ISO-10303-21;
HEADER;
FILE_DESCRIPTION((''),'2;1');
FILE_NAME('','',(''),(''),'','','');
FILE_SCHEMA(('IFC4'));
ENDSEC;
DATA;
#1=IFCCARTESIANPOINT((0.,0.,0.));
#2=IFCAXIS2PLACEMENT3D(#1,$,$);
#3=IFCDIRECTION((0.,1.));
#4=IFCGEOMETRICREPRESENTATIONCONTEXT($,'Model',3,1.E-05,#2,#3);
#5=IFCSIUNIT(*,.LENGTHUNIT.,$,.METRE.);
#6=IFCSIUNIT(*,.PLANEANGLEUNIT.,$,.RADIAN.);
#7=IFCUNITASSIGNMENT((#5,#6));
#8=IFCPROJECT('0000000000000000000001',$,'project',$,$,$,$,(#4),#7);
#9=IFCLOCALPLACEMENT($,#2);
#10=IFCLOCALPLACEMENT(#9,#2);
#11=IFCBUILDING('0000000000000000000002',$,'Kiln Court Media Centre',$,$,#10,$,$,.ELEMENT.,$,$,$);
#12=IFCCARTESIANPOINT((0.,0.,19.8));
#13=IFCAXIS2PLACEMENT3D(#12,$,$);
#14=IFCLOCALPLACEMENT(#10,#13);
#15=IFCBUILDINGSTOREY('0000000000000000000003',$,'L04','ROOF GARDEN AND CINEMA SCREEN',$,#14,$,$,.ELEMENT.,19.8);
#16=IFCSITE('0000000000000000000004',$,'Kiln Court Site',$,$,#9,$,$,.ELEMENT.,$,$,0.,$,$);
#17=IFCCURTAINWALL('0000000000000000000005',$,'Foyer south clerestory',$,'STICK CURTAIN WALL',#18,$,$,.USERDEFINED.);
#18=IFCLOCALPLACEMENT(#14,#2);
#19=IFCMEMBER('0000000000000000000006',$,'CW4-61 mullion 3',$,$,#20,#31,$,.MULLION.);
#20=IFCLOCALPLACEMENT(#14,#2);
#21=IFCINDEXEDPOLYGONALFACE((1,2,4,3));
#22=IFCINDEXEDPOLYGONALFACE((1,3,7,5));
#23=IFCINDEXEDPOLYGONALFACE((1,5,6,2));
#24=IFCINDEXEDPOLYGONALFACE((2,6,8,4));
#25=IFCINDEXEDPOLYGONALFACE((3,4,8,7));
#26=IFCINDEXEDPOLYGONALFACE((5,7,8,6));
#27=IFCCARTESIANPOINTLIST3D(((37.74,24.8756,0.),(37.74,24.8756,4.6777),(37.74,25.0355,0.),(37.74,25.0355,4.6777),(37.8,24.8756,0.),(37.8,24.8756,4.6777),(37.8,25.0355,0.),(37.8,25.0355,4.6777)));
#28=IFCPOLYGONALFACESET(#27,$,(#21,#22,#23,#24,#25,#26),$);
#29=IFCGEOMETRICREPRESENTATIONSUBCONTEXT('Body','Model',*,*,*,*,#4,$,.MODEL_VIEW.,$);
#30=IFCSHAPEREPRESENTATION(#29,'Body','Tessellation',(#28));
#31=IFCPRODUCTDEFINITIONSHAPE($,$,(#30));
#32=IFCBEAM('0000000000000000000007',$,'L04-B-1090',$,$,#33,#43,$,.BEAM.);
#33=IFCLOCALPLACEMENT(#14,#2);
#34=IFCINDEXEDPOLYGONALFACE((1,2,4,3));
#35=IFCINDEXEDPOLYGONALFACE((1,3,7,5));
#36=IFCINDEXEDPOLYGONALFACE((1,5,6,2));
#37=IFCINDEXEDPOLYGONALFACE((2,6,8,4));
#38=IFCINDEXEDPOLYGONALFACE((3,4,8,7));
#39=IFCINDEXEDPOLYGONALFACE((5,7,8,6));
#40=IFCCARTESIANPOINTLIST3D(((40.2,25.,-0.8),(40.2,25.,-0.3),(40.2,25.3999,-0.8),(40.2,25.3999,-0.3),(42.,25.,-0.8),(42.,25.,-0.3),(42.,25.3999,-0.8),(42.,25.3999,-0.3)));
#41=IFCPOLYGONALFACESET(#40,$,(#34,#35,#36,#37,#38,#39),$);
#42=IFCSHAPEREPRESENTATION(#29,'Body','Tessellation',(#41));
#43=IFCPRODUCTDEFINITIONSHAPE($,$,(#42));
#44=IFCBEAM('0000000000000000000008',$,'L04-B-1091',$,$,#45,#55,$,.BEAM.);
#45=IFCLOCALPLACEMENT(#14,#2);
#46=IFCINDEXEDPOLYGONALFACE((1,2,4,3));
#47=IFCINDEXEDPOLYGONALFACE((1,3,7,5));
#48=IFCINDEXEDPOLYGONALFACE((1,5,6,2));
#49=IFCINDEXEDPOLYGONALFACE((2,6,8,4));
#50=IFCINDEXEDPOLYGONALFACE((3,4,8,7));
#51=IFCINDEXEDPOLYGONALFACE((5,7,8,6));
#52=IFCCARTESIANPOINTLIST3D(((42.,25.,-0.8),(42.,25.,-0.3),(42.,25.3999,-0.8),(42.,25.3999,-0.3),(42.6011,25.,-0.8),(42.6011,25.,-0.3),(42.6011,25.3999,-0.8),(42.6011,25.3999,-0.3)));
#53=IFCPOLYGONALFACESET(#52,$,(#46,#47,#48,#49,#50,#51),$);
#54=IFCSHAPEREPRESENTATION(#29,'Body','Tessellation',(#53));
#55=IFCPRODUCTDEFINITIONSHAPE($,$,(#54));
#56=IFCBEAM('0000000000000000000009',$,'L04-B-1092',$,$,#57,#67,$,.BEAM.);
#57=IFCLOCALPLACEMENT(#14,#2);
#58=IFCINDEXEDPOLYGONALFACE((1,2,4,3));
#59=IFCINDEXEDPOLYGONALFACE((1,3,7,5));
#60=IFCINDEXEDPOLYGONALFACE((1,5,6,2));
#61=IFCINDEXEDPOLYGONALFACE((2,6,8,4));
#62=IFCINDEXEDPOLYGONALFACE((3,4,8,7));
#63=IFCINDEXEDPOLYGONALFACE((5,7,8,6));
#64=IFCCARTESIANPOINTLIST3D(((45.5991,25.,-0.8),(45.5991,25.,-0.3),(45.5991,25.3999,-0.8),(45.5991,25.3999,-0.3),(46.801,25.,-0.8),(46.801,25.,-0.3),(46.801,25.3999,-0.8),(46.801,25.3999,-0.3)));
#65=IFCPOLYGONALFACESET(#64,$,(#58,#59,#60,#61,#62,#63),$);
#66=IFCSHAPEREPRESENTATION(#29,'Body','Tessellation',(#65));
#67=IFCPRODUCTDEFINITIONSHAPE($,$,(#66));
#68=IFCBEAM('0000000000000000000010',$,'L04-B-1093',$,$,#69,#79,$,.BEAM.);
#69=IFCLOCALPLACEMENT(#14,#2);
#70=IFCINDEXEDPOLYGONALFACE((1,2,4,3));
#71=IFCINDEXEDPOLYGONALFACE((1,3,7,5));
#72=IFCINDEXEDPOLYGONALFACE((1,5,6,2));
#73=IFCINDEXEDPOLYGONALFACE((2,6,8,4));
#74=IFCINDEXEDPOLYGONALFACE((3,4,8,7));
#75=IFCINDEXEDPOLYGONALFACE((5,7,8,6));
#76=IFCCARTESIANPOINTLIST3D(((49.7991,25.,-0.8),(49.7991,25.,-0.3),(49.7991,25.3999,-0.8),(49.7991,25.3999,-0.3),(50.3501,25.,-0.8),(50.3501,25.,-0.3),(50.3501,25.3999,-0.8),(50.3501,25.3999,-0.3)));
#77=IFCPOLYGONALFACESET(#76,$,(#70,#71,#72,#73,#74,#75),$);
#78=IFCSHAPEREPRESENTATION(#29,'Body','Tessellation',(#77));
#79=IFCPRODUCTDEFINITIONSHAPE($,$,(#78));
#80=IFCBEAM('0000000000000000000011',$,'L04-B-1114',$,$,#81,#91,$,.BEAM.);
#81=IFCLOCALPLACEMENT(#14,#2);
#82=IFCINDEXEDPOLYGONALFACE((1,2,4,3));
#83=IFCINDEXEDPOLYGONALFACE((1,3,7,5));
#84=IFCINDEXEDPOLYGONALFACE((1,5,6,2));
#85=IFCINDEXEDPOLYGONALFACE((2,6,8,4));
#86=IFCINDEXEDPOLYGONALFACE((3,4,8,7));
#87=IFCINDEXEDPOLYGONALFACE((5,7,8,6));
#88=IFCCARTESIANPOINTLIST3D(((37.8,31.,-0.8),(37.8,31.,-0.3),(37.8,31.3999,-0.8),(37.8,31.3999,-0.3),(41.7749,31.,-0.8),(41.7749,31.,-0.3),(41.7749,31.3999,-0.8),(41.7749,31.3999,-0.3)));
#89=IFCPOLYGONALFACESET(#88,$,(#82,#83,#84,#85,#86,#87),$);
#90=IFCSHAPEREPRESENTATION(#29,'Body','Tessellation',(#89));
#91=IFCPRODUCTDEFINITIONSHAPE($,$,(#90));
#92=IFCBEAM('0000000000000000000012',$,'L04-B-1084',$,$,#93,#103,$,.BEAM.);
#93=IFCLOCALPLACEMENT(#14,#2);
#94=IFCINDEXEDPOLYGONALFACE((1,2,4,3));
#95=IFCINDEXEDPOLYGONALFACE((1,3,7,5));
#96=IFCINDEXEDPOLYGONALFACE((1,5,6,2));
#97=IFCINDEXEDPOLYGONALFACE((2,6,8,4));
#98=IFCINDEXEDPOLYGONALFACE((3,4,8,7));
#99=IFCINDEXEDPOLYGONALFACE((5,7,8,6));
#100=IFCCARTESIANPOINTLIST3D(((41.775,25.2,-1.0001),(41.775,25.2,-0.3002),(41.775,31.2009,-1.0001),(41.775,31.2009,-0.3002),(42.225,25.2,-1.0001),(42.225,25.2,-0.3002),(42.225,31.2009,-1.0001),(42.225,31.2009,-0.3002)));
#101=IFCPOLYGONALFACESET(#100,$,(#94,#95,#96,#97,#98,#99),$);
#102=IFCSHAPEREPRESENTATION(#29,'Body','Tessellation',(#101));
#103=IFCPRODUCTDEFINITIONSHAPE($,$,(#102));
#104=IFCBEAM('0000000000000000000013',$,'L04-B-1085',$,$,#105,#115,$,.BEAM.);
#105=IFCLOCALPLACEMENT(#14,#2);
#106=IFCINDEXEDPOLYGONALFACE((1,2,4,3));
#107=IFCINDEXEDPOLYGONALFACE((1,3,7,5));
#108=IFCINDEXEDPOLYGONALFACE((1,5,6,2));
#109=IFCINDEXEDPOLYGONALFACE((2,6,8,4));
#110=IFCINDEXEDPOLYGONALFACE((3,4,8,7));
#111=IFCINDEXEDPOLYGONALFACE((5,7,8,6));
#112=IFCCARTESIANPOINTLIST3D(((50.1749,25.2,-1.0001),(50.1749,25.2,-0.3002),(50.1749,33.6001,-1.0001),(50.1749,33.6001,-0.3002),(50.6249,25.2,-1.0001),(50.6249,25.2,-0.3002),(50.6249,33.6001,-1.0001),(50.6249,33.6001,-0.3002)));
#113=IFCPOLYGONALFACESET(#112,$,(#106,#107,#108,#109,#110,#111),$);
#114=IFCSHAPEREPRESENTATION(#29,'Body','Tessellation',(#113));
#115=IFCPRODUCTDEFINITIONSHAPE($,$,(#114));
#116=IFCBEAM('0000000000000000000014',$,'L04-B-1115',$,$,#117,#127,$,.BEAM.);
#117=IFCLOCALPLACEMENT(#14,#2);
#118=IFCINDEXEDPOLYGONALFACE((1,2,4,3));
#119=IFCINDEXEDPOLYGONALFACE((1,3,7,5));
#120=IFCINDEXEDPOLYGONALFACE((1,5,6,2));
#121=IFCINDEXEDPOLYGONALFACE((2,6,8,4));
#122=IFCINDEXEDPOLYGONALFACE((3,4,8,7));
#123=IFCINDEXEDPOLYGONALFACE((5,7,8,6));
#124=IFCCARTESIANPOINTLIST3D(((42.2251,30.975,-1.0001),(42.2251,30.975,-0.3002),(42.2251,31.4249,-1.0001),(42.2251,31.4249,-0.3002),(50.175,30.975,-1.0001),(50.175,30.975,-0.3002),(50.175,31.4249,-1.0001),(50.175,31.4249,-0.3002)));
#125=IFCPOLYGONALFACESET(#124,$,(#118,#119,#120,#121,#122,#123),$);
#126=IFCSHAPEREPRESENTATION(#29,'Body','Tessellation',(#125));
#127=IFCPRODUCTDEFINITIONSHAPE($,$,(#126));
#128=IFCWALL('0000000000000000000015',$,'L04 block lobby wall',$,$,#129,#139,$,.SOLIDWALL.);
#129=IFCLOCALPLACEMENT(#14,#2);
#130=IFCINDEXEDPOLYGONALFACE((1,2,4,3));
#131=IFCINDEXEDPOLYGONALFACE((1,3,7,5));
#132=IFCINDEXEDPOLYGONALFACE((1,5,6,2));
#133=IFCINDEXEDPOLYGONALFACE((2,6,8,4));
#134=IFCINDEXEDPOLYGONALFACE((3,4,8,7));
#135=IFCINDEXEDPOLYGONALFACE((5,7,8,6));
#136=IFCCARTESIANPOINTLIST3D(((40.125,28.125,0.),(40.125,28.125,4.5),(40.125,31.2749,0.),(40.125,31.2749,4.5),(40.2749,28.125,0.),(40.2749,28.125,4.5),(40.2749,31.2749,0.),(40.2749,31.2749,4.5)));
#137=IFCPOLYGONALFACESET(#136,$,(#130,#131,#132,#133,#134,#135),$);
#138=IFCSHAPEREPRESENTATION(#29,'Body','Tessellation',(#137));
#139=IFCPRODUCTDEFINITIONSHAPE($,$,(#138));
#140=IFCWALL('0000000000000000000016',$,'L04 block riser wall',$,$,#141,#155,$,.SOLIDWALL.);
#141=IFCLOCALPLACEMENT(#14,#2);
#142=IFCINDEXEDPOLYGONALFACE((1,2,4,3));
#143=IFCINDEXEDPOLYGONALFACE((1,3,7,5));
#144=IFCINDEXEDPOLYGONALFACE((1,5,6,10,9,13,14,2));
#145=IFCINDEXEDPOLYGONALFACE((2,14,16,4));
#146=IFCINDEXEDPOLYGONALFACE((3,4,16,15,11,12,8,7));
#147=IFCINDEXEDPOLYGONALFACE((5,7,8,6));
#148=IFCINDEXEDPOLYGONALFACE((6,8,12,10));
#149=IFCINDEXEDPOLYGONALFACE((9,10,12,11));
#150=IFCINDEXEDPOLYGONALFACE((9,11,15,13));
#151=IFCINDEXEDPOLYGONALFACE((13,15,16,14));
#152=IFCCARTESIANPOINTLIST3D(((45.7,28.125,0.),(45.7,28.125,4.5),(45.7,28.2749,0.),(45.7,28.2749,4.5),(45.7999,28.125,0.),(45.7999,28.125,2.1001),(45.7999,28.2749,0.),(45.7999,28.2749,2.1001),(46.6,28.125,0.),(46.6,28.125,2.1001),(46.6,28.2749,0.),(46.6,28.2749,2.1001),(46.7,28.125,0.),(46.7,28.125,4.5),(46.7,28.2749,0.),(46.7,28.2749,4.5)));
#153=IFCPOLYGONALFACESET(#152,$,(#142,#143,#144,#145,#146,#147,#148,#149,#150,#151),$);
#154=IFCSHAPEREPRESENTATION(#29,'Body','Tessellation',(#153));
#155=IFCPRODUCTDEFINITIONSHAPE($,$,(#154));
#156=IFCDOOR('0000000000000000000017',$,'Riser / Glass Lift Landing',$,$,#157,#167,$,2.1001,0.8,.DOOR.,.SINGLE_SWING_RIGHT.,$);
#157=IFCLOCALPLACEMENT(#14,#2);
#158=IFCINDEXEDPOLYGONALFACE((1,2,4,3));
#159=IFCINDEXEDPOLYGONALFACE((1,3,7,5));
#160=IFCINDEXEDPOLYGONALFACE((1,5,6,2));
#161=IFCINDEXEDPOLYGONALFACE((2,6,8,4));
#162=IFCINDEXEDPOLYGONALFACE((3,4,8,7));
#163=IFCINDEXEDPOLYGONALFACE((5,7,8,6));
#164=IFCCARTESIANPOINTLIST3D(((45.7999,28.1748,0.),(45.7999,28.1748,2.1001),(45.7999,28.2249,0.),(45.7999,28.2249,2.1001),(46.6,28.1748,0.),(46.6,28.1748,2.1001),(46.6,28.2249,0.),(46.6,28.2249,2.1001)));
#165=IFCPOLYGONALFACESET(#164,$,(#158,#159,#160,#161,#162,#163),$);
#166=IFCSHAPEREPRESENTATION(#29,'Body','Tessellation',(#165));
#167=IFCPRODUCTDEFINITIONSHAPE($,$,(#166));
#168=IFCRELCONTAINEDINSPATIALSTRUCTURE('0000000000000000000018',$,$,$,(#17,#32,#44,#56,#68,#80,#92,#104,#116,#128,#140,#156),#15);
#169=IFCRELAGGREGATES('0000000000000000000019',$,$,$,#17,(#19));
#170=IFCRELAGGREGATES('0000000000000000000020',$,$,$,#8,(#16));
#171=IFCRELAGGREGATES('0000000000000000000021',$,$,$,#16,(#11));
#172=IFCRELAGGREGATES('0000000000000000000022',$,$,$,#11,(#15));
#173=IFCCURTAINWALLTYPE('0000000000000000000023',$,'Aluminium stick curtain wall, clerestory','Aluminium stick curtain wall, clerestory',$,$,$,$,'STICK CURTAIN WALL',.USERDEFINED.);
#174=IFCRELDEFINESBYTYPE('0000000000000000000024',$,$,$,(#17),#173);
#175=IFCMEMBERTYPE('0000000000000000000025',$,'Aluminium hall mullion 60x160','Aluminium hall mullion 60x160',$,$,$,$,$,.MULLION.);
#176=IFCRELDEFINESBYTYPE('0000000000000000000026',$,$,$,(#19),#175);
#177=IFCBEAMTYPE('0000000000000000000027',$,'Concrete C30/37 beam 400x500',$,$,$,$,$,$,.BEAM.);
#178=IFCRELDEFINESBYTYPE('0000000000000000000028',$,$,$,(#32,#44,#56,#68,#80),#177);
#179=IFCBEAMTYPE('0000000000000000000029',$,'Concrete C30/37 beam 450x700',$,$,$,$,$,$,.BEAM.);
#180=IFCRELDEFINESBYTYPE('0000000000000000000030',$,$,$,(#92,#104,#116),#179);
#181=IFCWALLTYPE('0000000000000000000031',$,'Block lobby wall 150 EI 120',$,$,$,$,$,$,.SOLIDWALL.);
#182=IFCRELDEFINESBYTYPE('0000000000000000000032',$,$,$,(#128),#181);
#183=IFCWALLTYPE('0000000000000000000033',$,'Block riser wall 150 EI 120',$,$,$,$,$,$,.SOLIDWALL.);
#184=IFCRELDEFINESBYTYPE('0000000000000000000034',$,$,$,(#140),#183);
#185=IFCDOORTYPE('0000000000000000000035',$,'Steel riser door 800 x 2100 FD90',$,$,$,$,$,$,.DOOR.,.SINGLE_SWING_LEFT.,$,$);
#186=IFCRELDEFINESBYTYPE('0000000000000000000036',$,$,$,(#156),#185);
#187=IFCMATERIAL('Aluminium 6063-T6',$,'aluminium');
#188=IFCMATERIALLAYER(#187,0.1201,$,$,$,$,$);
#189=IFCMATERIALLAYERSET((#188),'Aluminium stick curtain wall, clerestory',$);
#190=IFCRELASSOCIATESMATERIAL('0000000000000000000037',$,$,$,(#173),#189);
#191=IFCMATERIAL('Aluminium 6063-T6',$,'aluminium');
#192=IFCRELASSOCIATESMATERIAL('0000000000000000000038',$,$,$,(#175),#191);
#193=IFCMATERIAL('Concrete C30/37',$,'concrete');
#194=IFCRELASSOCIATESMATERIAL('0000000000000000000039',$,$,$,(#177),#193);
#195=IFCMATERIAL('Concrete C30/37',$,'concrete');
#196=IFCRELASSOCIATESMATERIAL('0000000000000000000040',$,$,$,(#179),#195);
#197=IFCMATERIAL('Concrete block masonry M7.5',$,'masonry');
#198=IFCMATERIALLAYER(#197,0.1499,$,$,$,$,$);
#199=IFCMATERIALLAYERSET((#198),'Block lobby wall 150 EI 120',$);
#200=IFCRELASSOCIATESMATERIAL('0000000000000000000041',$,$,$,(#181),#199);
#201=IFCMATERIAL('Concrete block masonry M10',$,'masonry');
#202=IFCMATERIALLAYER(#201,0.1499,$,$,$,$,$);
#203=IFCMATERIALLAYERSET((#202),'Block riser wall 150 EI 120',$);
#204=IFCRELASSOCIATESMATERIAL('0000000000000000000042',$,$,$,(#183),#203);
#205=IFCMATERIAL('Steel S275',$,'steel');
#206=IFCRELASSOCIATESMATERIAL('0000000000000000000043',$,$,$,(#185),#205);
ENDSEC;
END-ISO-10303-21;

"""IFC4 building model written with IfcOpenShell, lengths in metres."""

from ifc_helpers import new_model, si_unit, direction, frame, frame_2d, origin, origin_2d, place, context, subcontext, project, spatial, rectangle, extrude, material, layer, layer_set, material_profile, profile_set, type_object, element, fill, aggregate, save


model = new_model("IFC4")

# Units and contexts
model_context = context("Model", 3, precision=1e-05, world=origin(), true_north=direction((0.0, 1.0)))
body_context = subcontext(model_context, "Body", "Model", "MODEL_VIEW")
ifc_project = project(units=[si_unit("LENGTHUNIT", "METRE"), si_unit("PLANEANGLEUNIT", "RADIAN")], contexts=[model_context])

# Site, building, storey
site_placement = place(None, origin())
site = spatial("IfcSite", under=ifc_project, at=site_placement, Name="Kiln Court Site", CompositionType="ELEMENT", RefElevation=0.0)
building_placement = place(site_placement, origin())
building = spatial("IfcBuilding", under=site, at=building_placement, Name="Kiln Court Media Centre", CompositionType="ELEMENT")
storey_placement = place(building_placement, frame((0.0, 0.0, 19.8)))
storey = spatial("IfcBuildingStorey", under=building, at=storey_placement, Name="L04", Description="ROOF GARDEN AND CINEMA SCREEN", CompositionType="ELEMENT", Elevation=19.8)

# Curtain wall, member
ifc_material_1 = material(Name="Aluminium 6063-T6", Category="aluminium")
ifc_layer_1 = layer(ifc_material_1, 0.1201)
ifc_layer_set_1 = layer_set([ifc_layer_1], Name="Aluminium stick curtain wall, clerestory")
curtain_wall_type = type_object("IfcCurtainWallType", Name="Aluminium stick curtain wall, clerestory", Description="Aluminium stick curtain wall, clerestory", ElementType="STICK CURTAIN WALL", PredefinedType="USERDEFINED", material=ifc_layer_set_1)
curtain_wall_placement = place(storey_placement, origin())
curtain_wall = element("IfcCurtainWall", 1, at=curtain_wall_placement, inside=storey, type_object=curtain_wall_type, Name="Foyer south clerestory", ObjectType="STICK CURTAIN WALL", PredefinedType="USERDEFINED")
ifc_material_2 = material(Name="Aluminium 6063-T6", Category="aluminium")
ifc_material_profile_1 = material_profile(ifc_material_2, rectangle(XDim=0.0601, YDim=0.1599, at=origin_2d()), Name="Aluminium hall mullion 60x160")
ifc_profile_set_1 = profile_set([ifc_material_profile_1], Name="Aluminium 6063-T6")
member_type = type_object("IfcMemberType", Name="Aluminium hall mullion 60x160", Description="Aluminium hall mullion 60x160", PredefinedType="MULLION", material=ifc_profile_set_1)
member_placement = place(storey_placement, frame((37.77, 24.9556, 0.0), z_axis=(0.0, 0.0, 1.0), x_axis=(1.0, 0.0, 0.0)))
member = element("IfcMember", 2, at=member_placement, type_object=member_type, Name="CW4-61 mullion 3", PredefinedType="MULLION", context=body_context, shape_type="SweptSolid", body=[
    extrude(rectangle(XDim=0.0601, YDim=0.1599, at=origin_2d()), origin(), (0.0, 0.0, 1.0), 4.6777),
])
aggregate(curtain_wall, [member])

# Beams
ifc_material_3 = material(Name="Concrete C30/37", Category="concrete")
ifc_material_profile_2 = material_profile(ifc_material_3, rectangle(XDim=0.3999, YDim=0.5, at=origin_2d()), Name="RC 400x500")
ifc_profile_set_2 = profile_set([ifc_material_profile_2], Name="Concrete C30/37")
beam_type_1 = type_object("IfcBeamType", Name="Concrete C30/37 beam 400x500", PredefinedType="BEAM", material=ifc_profile_set_2)
beam_1_placement = place(storey_placement, frame((40.2, 25.2, -0.55), z_axis=(1.0, 0.0, 0.0), x_axis=(0.0, 1.0, 0.0)))
element("IfcBeam", 3, at=beam_1_placement, inside=storey, type_object=beam_type_1, Name="L04-B-1090", PredefinedType="BEAM", context=body_context, shape_type="SweptSolid", body=[
    extrude(rectangle(XDim=0.3999, YDim=0.5, at=origin_2d()), origin(), (0.0, 0.0, 1.0), 1.8),
])
beam_2_placement = place(storey_placement, frame((42.0, 25.2, -0.55), z_axis=(1.0, 0.0, 0.0), x_axis=(0.0, 1.0, 0.0)))
element("IfcBeam", 4, at=beam_2_placement, inside=storey, type_object=beam_type_1, Name="L04-B-1091", PredefinedType="BEAM", context=body_context, shape_type="SweptSolid", body=[
    extrude(rectangle(XDim=0.3999, YDim=0.5, at=origin_2d()), origin(), (0.0, 0.0, 1.0), 0.6011),
])
beam_3_placement = place(storey_placement, frame((45.5991, 25.2, -0.55), z_axis=(1.0, 0.0, 0.0), x_axis=(0.0, 1.0, 0.0)))
element("IfcBeam", 5, at=beam_3_placement, inside=storey, type_object=beam_type_1, Name="L04-B-1092", PredefinedType="BEAM", context=body_context, shape_type="SweptSolid", body=[
    extrude(rectangle(XDim=0.3999, YDim=0.5, at=origin_2d()), origin(), (0.0, 0.0, 1.0), 1.2019),
])
beam_4_placement = place(storey_placement, frame((49.7991, 25.2, -0.55), z_axis=(1.0, 0.0, 0.0), x_axis=(0.0, 1.0, 0.0)))
element("IfcBeam", 6, at=beam_4_placement, inside=storey, type_object=beam_type_1, Name="L04-B-1093", PredefinedType="BEAM", context=body_context, shape_type="SweptSolid", body=[
    extrude(rectangle(XDim=0.3999, YDim=0.5, at=origin_2d()), origin(), (0.0, 0.0, 1.0), 0.551),
])
beam_5_placement = place(storey_placement, frame((37.8, 31.2, -0.55), z_axis=(1.0, 0.0, 0.0), x_axis=(0.0, 1.0, 0.0)))
element("IfcBeam", 7, at=beam_5_placement, inside=storey, type_object=beam_type_1, Name="L04-B-1114", PredefinedType="BEAM", context=body_context, shape_type="SweptSolid", body=[
    extrude(rectangle(XDim=0.3999, YDim=0.5, at=origin_2d()), origin(), (0.0, 0.0, 1.0), 3.9749),
])
ifc_material_4 = material(Name="Concrete C30/37", Category="concrete")
ifc_material_profile_3 = material_profile(ifc_material_4, rectangle(XDim=0.45, YDim=0.7, at=origin_2d()), Name="RC 450x700")
ifc_profile_set_3 = profile_set([ifc_material_profile_3], Name="Concrete C30/37")
beam_type_2 = type_object("IfcBeamType", Name="Concrete C30/37 beam 450x700", PredefinedType="BEAM", material=ifc_profile_set_3)
beam_6_placement = place(storey_placement, frame((42.0, 25.2, -0.6501), z_axis=(0.0, 1.0, 0.0), x_axis=(-1.0, 0.0, 0.0)))
element("IfcBeam", 8, at=beam_6_placement, inside=storey, type_object=beam_type_2, Name="L04-B-1084", PredefinedType="BEAM", context=body_context, shape_type="SweptSolid", body=[
    extrude(rectangle(XDim=0.45, YDim=0.7, at=origin_2d()), origin(), (0.0, 0.0, 1.0), 6.001),
])
beam_7_placement = place(storey_placement, frame((50.3999, 25.2, -0.6501), z_axis=(0.0, 1.0, 0.0), x_axis=(-1.0, 0.0, 0.0)))
element("IfcBeam", 9, at=beam_7_placement, inside=storey, type_object=beam_type_2, Name="L04-B-1085", PredefinedType="BEAM", context=body_context, shape_type="SweptSolid", body=[
    extrude(rectangle(XDim=0.45, YDim=0.7, at=origin_2d()), origin(), (0.0, 0.0, 1.0), 8.4001),
])
beam_8_placement = place(storey_placement, frame((42.2251, 31.2, -0.6501), z_axis=(1.0, 0.0, 0.0), x_axis=(0.0, 1.0, 0.0)))
element("IfcBeam", 10, at=beam_8_placement, inside=storey, type_object=beam_type_2, Name="L04-B-1115", PredefinedType="BEAM", context=body_context, shape_type="SweptSolid", body=[
    extrude(rectangle(XDim=0.45, YDim=0.7, at=origin_2d()), origin(), (0.0, 0.0, 1.0), 7.95),
])

# Wall
ifc_material_5 = material(Name="Concrete block masonry M7.5", Category="masonry")
ifc_layer_2 = layer(ifc_material_5, 0.1499)
ifc_layer_set_2 = layer_set([ifc_layer_2], Name="Block lobby wall 150 EI 120")
wall_type_1 = type_object("IfcWallType", Name="Block lobby wall 150 EI 120", PredefinedType="SOLIDWALL", material=ifc_layer_set_2)
wall_1_placement = place(storey_placement, frame((40.2, 28.125, 0.0), z_axis=(0.0, 0.0, 1.0), x_axis=(0.0, 1.0, 0.0)))
element("IfcWall", 11, at=wall_1_placement, inside=storey, type_object=wall_type_1, Name="L04 block lobby wall", PredefinedType="SOLIDWALL", context=body_context, shape_type="SweptSolid", body=[
    extrude(rectangle(XDim=3.1499, YDim=0.1499, at=frame_2d((1.575, 0.0))), origin(), (0.0, 0.0, 1.0), 4.5),
])

# Wall, opening, door
ifc_material_6 = material(Name="Concrete block masonry M10", Category="masonry")
ifc_layer_3 = layer(ifc_material_6, 0.1499)
ifc_layer_set_3 = layer_set([ifc_layer_3], Name="Block riser wall 150 EI 120")
wall_type_2 = type_object("IfcWallType", Name="Block riser wall 150 EI 120", PredefinedType="SOLIDWALL", material=ifc_layer_set_3)
wall_2_placement = place(storey_placement, frame((45.7, 28.2, 0.0), z_axis=(0.0, 0.0, 1.0), x_axis=(1.0, 0.0, 0.0)))
wall_2 = element("IfcWall", 12, at=wall_2_placement, inside=storey, type_object=wall_type_2, Name="L04 block riser wall", PredefinedType="SOLIDWALL", context=body_context, shape_type="SweptSolid", body=[
    extrude(rectangle(XDim=1.0, YDim=0.1499, at=frame_2d((0.5, 0.0))), origin(), (0.0, 0.0, 1.0), 4.5),
])
opening_1_placement = place(wall_2_placement, frame((0.1001, 0.0, 0.0)))
opening_1 = element("IfcOpeningElement", 13, at=opening_1_placement, cuts=wall_2, PredefinedType="OPENING", context=body_context, shape_type="SweptSolid", body=[
    extrude(rectangle(XDim=0.8, YDim=2.1001, at=frame_2d((0.3999, 1.05))), frame((0.0, 0.085, 0.0), z_axis=(0.0, -1.0, 0.0), x_axis=(1.0, 0.0, 0.0)), (0.0, 0.0, 1.0), 0.1699),
])
ifc_material_7 = material(Name="Steel S275", Category="steel")
door_type_1 = type_object("IfcDoorType", Name="Steel riser door 800 x 2100 FD90", OperationType="SINGLE_SWING_LEFT", PredefinedType="DOOR", material=ifc_material_7)
door_1_placement = place(opening_1_placement, origin())
door_1 = element("IfcDoor", 14, at=door_1_placement, inside=storey, type_object=door_type_1, Name="Riser / Glass Lift Landing", OperationType="SINGLE_SWING_RIGHT", OverallHeight=2.1001, OverallWidth=0.8, PredefinedType="DOOR", context=body_context, shape_type="SweptSolid", body=[
    extrude(rectangle(XDim=0.8, YDim=2.1001, at=frame_2d((0.3999, 1.05))), frame((0.0, 0.0249, 0.0), z_axis=(0.0, -1.0, 0.0), x_axis=(1.0, 0.0, 0.0)), (0.0, 0.0, 1.0), 0.05),
])
fill(opening_1, door_1)

save(model, "model.ifc")
